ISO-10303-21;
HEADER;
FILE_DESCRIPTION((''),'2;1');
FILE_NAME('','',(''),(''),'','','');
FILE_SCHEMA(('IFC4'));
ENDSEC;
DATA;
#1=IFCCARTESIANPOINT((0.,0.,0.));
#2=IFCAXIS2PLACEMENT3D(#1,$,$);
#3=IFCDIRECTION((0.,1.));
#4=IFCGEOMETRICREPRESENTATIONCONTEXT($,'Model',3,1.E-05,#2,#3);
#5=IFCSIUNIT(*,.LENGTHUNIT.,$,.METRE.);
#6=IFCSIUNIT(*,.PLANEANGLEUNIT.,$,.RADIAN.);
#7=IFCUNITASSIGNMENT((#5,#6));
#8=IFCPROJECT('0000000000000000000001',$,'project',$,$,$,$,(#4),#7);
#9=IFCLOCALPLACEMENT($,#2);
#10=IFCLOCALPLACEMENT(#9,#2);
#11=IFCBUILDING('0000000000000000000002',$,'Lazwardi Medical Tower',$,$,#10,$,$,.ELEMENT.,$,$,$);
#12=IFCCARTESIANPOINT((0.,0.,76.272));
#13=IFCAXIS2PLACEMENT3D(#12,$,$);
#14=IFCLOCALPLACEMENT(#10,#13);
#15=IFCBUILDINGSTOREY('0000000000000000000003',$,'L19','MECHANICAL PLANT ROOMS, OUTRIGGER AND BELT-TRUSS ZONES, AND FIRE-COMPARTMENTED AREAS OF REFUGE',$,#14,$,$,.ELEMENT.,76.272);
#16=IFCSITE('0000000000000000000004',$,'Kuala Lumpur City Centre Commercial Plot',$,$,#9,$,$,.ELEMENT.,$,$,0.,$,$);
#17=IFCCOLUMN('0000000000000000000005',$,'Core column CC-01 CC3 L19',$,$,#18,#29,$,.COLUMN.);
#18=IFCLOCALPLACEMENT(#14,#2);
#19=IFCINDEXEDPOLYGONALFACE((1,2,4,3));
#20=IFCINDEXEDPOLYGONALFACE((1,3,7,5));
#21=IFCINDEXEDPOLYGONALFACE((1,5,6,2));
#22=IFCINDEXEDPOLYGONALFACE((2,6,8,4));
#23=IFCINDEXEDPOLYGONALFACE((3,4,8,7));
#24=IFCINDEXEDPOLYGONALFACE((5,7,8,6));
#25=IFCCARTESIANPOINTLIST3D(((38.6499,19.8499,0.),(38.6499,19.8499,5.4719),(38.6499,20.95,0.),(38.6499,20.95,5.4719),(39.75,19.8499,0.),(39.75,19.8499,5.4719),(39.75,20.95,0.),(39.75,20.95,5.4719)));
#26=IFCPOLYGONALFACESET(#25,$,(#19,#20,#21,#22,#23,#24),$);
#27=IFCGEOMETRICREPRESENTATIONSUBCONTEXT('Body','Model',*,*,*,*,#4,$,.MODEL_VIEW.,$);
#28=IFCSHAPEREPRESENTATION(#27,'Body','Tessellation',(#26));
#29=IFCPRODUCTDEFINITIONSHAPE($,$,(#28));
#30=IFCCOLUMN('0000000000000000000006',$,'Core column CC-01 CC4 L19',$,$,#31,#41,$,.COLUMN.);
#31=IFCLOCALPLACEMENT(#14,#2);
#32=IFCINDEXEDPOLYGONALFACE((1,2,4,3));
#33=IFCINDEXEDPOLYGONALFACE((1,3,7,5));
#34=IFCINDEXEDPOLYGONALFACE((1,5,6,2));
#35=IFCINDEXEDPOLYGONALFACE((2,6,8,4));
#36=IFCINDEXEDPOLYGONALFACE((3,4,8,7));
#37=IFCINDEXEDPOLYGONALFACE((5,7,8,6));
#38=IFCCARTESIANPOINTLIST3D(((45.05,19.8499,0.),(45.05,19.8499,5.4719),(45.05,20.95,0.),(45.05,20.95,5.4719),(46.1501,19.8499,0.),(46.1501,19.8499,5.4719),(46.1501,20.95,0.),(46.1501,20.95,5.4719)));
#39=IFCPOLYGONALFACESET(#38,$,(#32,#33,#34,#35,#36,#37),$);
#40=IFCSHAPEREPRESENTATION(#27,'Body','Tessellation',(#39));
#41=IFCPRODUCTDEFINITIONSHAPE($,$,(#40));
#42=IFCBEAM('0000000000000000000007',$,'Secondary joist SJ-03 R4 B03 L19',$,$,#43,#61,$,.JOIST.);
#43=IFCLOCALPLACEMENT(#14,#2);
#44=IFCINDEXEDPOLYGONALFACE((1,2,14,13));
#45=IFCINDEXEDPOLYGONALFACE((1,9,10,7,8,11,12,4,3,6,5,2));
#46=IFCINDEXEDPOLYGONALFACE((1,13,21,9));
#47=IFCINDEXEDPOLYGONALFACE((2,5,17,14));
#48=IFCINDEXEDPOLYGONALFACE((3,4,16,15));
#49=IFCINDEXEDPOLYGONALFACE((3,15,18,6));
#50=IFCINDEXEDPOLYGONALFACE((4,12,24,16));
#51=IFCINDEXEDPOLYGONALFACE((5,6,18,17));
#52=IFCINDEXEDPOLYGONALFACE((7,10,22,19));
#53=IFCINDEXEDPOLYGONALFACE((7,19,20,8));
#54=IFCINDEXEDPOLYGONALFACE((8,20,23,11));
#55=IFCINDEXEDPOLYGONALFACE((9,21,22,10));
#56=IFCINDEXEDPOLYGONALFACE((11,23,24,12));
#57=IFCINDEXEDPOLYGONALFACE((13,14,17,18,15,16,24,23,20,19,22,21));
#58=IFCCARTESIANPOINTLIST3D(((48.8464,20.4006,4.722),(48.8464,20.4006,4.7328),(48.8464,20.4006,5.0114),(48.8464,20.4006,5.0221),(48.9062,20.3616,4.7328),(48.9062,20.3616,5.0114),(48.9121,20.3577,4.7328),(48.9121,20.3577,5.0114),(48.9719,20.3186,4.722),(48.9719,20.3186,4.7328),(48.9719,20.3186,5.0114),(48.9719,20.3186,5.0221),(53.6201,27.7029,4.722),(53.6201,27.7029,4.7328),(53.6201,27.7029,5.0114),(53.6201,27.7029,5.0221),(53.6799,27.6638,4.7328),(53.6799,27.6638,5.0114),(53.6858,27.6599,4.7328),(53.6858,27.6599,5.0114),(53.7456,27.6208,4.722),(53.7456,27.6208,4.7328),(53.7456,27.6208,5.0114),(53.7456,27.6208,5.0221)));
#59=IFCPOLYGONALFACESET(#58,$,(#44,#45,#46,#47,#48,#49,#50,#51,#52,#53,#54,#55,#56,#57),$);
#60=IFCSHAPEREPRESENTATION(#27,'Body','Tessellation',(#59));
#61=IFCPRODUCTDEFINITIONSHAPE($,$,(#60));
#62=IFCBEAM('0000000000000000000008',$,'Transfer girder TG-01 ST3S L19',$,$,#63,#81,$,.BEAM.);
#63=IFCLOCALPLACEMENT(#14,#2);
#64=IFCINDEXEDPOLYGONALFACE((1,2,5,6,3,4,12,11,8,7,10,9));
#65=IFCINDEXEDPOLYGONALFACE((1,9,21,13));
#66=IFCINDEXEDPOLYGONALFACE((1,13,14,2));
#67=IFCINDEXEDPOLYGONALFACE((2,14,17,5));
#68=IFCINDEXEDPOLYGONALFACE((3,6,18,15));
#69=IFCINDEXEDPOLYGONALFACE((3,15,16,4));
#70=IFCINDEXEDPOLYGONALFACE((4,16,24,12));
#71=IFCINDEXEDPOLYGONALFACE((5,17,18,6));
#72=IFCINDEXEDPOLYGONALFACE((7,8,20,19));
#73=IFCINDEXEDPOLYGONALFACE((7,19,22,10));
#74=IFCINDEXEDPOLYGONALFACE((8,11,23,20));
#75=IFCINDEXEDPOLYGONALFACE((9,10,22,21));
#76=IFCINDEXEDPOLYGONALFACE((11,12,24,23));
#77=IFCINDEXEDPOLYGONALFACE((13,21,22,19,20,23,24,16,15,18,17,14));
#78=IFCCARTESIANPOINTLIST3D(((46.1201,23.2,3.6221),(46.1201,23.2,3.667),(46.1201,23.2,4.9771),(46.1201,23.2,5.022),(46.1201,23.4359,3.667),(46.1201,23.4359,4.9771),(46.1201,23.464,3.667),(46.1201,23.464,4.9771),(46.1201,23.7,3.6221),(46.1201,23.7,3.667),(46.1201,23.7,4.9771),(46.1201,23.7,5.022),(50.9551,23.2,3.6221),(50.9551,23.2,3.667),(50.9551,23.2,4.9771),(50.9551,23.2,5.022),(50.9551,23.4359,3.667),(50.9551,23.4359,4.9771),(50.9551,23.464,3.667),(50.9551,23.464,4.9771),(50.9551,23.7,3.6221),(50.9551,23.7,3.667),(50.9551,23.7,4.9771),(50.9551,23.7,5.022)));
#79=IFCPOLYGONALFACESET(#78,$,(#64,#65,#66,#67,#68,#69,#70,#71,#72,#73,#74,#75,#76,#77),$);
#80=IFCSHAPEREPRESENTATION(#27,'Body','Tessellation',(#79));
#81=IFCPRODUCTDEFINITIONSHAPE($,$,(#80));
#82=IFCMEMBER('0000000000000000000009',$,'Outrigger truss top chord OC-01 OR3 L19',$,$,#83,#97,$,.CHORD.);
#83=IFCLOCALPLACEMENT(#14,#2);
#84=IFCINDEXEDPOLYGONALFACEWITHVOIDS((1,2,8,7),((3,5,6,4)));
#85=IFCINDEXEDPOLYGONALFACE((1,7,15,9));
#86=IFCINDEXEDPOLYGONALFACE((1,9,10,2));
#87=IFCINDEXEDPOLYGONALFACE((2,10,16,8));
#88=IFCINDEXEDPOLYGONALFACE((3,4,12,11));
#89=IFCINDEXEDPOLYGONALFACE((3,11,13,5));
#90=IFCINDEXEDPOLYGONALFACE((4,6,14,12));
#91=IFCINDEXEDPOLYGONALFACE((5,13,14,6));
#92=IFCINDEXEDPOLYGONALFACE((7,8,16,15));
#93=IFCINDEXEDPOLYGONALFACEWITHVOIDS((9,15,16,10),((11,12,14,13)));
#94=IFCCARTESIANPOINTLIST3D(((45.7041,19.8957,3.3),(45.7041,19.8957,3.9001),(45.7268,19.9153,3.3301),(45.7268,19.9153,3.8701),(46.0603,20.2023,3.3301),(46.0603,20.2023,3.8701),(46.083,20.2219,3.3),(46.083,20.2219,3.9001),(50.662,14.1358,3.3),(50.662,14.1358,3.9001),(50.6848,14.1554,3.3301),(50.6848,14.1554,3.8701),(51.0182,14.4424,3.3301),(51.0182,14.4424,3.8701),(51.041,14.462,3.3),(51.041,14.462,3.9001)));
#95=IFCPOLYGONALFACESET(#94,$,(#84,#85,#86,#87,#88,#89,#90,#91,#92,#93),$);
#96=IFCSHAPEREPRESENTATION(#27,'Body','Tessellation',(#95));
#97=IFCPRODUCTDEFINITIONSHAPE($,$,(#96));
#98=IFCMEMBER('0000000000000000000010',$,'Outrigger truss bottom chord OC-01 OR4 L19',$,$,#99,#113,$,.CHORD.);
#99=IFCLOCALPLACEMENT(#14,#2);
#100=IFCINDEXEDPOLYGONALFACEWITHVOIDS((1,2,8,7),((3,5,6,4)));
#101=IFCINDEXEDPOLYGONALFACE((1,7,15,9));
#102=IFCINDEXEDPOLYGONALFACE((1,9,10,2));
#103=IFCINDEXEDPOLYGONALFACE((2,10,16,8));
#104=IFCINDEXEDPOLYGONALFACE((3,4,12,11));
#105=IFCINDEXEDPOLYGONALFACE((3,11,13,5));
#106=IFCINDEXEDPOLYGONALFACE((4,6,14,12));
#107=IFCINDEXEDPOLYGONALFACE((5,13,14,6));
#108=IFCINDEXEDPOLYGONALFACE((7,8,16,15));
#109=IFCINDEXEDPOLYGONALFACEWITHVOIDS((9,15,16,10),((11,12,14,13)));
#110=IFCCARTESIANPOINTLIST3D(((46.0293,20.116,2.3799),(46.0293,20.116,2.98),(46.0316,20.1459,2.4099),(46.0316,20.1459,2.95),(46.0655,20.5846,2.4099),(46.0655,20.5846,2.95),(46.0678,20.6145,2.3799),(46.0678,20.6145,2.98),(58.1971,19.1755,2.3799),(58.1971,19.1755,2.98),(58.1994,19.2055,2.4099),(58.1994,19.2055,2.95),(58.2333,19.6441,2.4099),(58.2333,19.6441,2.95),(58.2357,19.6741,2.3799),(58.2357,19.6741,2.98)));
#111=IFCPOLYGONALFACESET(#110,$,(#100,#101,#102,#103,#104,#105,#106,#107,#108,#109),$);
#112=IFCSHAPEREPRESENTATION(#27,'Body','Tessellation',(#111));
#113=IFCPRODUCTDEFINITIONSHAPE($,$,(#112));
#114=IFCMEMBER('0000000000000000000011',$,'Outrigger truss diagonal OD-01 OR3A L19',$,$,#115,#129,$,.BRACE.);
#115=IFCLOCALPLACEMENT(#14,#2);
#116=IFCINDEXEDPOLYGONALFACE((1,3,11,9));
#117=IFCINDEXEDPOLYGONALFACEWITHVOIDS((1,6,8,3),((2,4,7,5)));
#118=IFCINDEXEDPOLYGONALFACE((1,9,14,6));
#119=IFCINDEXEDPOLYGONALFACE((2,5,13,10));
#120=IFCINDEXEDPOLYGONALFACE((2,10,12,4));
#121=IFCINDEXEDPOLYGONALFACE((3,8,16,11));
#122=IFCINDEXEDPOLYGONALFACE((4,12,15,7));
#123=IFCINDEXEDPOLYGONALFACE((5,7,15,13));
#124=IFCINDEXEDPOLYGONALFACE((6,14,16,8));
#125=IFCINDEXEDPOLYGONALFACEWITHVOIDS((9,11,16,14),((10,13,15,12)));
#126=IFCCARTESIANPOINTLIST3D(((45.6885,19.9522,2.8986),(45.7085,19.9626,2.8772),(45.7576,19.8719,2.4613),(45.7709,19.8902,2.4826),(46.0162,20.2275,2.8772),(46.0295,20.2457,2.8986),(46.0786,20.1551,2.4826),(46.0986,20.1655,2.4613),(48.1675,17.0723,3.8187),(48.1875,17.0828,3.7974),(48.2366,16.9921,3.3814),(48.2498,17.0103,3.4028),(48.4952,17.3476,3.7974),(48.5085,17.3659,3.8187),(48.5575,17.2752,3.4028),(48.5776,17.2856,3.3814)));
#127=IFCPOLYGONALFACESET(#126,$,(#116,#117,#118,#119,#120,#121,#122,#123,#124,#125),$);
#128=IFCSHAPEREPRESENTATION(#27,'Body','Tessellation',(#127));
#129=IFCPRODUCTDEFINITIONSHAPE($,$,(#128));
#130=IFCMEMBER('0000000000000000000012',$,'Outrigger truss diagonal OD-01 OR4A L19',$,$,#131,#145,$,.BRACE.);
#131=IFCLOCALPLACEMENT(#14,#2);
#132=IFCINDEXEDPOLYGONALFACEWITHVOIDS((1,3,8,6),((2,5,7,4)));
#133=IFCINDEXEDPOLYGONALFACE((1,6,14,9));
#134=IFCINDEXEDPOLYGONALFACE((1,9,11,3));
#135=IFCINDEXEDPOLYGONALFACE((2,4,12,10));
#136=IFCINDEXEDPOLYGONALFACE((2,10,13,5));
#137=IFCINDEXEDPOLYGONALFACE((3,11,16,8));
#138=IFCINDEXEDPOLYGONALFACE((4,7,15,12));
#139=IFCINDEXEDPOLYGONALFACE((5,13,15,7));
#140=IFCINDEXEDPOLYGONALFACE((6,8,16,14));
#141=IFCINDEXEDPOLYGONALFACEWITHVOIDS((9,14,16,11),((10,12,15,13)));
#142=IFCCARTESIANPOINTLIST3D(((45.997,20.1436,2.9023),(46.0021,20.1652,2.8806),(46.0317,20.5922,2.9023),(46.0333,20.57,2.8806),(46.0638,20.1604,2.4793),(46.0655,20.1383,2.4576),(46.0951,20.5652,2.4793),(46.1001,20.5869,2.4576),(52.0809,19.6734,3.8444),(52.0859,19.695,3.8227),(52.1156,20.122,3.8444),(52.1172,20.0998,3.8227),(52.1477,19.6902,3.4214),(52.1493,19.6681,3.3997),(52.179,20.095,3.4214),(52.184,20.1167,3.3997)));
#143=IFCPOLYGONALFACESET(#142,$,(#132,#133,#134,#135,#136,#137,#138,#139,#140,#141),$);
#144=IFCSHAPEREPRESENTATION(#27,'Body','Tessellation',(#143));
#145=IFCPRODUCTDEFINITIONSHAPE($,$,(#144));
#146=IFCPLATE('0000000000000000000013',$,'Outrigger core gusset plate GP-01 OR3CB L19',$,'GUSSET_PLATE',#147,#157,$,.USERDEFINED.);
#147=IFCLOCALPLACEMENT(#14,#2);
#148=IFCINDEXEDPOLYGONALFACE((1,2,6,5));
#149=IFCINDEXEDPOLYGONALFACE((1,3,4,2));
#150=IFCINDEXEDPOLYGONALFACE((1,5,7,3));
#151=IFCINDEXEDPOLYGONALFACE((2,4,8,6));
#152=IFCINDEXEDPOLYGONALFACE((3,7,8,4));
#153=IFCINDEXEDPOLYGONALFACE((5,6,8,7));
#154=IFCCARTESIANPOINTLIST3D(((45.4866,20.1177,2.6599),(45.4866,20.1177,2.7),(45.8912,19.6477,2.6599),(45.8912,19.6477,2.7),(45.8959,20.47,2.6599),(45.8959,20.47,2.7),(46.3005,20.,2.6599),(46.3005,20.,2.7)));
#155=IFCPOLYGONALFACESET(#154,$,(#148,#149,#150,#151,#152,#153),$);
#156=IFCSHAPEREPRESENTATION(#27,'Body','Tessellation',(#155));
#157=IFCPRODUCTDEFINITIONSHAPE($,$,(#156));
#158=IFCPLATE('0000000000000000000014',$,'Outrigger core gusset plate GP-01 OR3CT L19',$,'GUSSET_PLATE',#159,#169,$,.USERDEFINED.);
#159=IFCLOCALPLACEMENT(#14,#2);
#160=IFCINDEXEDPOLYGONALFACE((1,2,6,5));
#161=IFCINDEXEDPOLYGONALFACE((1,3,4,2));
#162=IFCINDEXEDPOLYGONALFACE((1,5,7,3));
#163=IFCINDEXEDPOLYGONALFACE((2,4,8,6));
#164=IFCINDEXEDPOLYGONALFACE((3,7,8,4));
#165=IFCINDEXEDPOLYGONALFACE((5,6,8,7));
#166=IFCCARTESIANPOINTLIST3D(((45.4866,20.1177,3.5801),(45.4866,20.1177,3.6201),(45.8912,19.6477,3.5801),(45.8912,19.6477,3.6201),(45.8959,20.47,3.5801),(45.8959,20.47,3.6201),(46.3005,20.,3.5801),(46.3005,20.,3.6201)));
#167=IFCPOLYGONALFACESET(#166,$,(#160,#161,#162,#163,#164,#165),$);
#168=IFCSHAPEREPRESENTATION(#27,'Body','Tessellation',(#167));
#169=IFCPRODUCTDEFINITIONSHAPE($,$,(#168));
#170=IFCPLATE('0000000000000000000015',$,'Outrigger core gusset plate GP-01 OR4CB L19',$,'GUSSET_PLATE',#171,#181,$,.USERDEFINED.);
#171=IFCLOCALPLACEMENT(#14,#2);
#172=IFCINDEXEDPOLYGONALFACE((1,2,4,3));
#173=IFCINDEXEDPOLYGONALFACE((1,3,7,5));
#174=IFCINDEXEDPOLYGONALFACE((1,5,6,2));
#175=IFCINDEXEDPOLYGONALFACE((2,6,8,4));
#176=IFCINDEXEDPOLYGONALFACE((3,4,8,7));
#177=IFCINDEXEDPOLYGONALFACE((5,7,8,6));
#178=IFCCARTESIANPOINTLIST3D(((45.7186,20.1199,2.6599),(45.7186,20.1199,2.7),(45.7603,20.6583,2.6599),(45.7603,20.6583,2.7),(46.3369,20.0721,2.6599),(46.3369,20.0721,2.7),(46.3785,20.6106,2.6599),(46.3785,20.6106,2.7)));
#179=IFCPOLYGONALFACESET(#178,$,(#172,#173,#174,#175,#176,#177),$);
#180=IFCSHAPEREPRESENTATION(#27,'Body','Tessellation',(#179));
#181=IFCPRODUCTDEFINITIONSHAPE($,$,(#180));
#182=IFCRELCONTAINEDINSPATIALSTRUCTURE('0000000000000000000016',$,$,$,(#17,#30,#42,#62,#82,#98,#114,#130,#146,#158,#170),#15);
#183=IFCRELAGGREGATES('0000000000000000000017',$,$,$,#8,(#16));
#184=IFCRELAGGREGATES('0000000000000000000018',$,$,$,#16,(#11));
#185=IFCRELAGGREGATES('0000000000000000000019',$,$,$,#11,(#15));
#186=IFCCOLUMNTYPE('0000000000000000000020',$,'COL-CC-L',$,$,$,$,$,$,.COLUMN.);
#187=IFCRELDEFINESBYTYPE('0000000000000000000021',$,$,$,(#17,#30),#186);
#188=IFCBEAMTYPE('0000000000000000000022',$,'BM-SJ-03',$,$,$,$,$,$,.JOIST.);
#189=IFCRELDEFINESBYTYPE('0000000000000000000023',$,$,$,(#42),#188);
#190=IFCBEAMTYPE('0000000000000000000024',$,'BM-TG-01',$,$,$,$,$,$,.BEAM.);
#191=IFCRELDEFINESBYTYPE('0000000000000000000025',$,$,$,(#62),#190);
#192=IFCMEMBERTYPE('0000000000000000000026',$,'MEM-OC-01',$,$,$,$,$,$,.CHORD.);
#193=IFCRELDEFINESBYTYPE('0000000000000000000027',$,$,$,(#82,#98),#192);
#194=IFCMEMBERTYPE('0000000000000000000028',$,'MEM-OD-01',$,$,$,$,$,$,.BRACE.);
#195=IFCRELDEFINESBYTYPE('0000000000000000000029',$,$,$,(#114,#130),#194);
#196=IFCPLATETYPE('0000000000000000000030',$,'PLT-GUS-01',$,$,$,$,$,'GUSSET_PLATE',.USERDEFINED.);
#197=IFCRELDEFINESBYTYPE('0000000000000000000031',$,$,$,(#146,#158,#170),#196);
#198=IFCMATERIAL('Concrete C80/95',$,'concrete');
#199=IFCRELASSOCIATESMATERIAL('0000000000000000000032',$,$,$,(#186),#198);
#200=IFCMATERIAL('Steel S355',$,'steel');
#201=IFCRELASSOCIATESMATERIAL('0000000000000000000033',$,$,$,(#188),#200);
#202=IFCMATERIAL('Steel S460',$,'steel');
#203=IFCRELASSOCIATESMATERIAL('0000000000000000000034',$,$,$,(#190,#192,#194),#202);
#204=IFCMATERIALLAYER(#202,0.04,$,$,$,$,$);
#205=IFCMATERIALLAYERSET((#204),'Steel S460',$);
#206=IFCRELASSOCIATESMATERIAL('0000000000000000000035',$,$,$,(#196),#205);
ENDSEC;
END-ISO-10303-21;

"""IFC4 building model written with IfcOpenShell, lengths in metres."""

from ifc_helpers import new_model, si_unit, direction, frame, origin, origin_2d, place, context, subcontext, project, spatial, rectangle, hollow_rectangle, i_section, extrude, material, layer, layer_set, material_profile, profile_set, type_object, element, save


model = new_model("IFC4")

# Units and contexts
model_context = context("Model", 3, precision=1e-05, world=origin(), true_north=direction((0.0, 1.0)))
body_context = subcontext(model_context, "Body", "Model", "MODEL_VIEW")
ifc_project = project(units=[si_unit("LENGTHUNIT", "METRE"), si_unit("PLANEANGLEUNIT", "RADIAN")], contexts=[model_context])

# Site, building, storey
site_placement = place(None, origin())
site = spatial("IfcSite", under=ifc_project, at=site_placement, Name="Kuala Lumpur City Centre Commercial Plot", CompositionType="ELEMENT", RefElevation=0.0)
building_placement = place(site_placement, origin())
building = spatial("IfcBuilding", under=site, at=building_placement, Name="Lazwardi Medical Tower", CompositionType="ELEMENT")
storey_placement = place(building_placement, frame((0.0, 0.0, 76.272)))
storey = spatial("IfcBuildingStorey", under=building, at=storey_placement, Name="L19", Description="MECHANICAL PLANT ROOMS, OUTRIGGER AND BELT-TRUSS ZONES, AND FIRE-COMPARTMENTED AREAS OF REFUGE", CompositionType="ELEMENT", Elevation=76.272)

# Columns
ifc_material_1 = material(Name="Concrete C80/95", Category="concrete")
ifc_material_profile_1 = material_profile(ifc_material_1, rectangle(XDim=1.1001, YDim=1.1001, at=origin_2d()), Name="RC 1100x1100")
ifc_profile_set_1 = profile_set([ifc_material_profile_1], Name="Concrete C80/95")
column_type = type_object("IfcColumnType", Name="COL-CC-L", PredefinedType="COLUMN", material=ifc_profile_set_1)
for number, where, z_axis, x_axis, name in (
    (1, (39.2, 20.3999, 0.0), (0.0, 0.0, 1.0), (1.0, 0.0, 0.0), "Core column CC-01 CC3 L19"),
    (2, (45.6001, 20.3999, 0.0), (0.0, 0.0, 1.0), (1.0, 0.0, 0.0), "Core column CC-01 CC4 L19"),
):
    element("IfcColumn", number, at=place(storey_placement, frame(where, z_axis=z_axis, x_axis=x_axis)), inside=storey, type_object=column_type, Name=name, PredefinedType="COLUMN", context=body_context, shape_type="SweptSolid", body=[
        extrude(rectangle(XDim=1.1001, YDim=1.1001, at=origin_2d()), origin(), (0.0, 0.0, 1.0), 5.4719),
    ])

# Beams
ifc_material_2 = material(Name="Steel S355", Category="steel")
ifc_material_profile_2 = material_profile(ifc_material_2, i_section(OverallWidth=0.1499, OverallDepth=0.3, WebThickness=0.0071, FlangeThickness=0.0107, at=origin_2d()), Name="IPE 300")
ifc_profile_set_2 = profile_set([ifc_material_profile_2], Name="Steel S355")
beam_type_1 = type_object("IfcBeamType", Name="BM-SJ-03", PredefinedType="JOIST", material=ifc_profile_set_2)
beam_1_placement = place(storey_placement, frame((48.9092, 20.3596, 4.8721), z_axis=(0.54718, 0.837015, 0.0), x_axis=(-0.837015, 0.54718, 0.0)))
element("IfcBeam", 3, at=beam_1_placement, inside=storey, type_object=beam_type_1, Name="Secondary joist SJ-03 R4 B03 L19", PredefinedType="JOIST", context=body_context, shape_type="SweptSolid", body=[
    extrude(i_section(OverallWidth=0.1499, OverallDepth=0.3, WebThickness=0.0071, FlangeThickness=0.0107, at=origin_2d()), origin(), (0.0, 0.0, 1.0), 8.7241),
])
ifc_material_3 = material(Name="Steel S460", Category="steel")
ifc_material_profile_3 = material_profile(ifc_material_3, i_section(OverallWidth=0.5, OverallDepth=1.3999, WebThickness=0.0281, FlangeThickness=0.0449, at=origin_2d()), Name="PG 1400x500")
ifc_profile_set_3 = profile_set([ifc_material_profile_3], Name="Steel S460")
beam_type_2 = type_object("IfcBeamType", Name="BM-TG-01", PredefinedType="BEAM", material=ifc_profile_set_3)
beam_2_placement = place(storey_placement, frame((46.1201, 23.45, 4.322), z_axis=(1.0, 0.0, 0.0), x_axis=(0.0, 1.0, 0.0)))
element("IfcBeam", 4, at=beam_2_placement, inside=storey, type_object=beam_type_2, Name="Transfer girder TG-01 ST3S L19", PredefinedType="BEAM", context=body_context, shape_type="SweptSolid", body=[
    extrude(i_section(OverallWidth=0.5, OverallDepth=1.3999, WebThickness=0.0281, FlangeThickness=0.0449, at=origin_2d()), origin(), (0.0, 0.0, 1.0), 4.835),
])

# Members
ifc_material_profile_4 = material_profile(ifc_material_3, hollow_rectangle(XDim=0.5, YDim=0.6001, WallThickness=0.03, at=origin_2d()), Name="RHS 600x500x30")
ifc_profile_set_4 = profile_set([ifc_material_profile_4], Name="Steel S460")
member_type_1 = type_object("IfcMemberType", Name="MEM-OC-01", PredefinedType="CHORD", material=ifc_profile_set_4)
member_1_placement = place(storey_placement, frame((45.8936, 20.0588, 3.6001), z_axis=(0.652372, -0.757899, 0.0), x_axis=(0.757899, 0.652372, 0.0)))
element("IfcMember", 5, at=member_1_placement, inside=storey, type_object=member_type_1, Name="Outrigger truss top chord OC-01 OR3 L19", PredefinedType="CHORD", context=body_context, shape_type="SweptSolid", body=[
    extrude(hollow_rectangle(XDim=0.5, YDim=0.6001, WallThickness=0.03, at=origin_2d()), origin(), (0.0, 0.0, 1.0), 7.5999),
])
member_2_placement = place(storey_placement, frame((46.0486, 20.3652, 2.6799), z_axis=(0.997027, -0.077059, 0.0), x_axis=(0.077059, 0.997027, 0.0)))
element("IfcMember", 6, at=member_2_placement, inside=storey, type_object=member_type_1, Name="Outrigger truss bottom chord OC-01 OR4 L19", PredefinedType="CHORD", context=body_context, shape_type="SweptSolid", body=[
    extrude(hollow_rectangle(XDim=0.5, YDim=0.6001, WallThickness=0.03, at=origin_2d()), origin(), (0.0, 0.0, 1.0), 12.2041),
])
ifc_material_profile_5 = material_profile(ifc_material_3, hollow_rectangle(XDim=0.45, YDim=0.45, WallThickness=0.022, at=origin_2d()), Name="RHS 450x450x22")
ifc_profile_set_5 = profile_set([ifc_material_profile_5], Name="Steel S460")
member_type_2 = type_object("IfcMemberType", Name="MEM-OD-01", PredefinedType="BRACE", material=ifc_profile_set_5)
member_3_placement = place(storey_placement, frame((45.8936, 20.0588, 2.6799), z_axis=(0.634062, -0.736596, 0.235354), x_axis=(0.757885, 0.652388, 0.0)))
element("IfcMember", 7, at=member_3_placement, inside=storey, type_object=member_type_2, Name="Outrigger truss diagonal OD-01 OR3A L19", PredefinedType="BRACE", context=body_context, shape_type="SweptSolid", body=[
    extrude(hollow_rectangle(XDim=0.45, YDim=0.45, WallThickness=0.022, at=origin_2d()), origin(), (0.0, 0.0, 1.0), 3.9097),
])
member_4_placement = place(storey_placement, frame((46.0486, 20.3652, 2.6799), z_axis=(0.985351, -0.076155, 0.152587), x_axis=(0.077058, 0.997027, 0.0)))
element("IfcMember", 8, at=member_4_placement, inside=storey, type_object=member_type_2, Name="Outrigger truss diagonal OD-01 OR4A L19", PredefinedType="BRACE", context=body_context, shape_type="SweptSolid", body=[
    extrude(hollow_rectangle(XDim=0.45, YDim=0.45, WallThickness=0.022, at=origin_2d()), origin(), (0.0, 0.0, 1.0), 6.1743),
])

# Plates
ifc_layer_1 = layer(ifc_material_3, 0.04)
ifc_layer_set_1 = layer_set([ifc_layer_1], Name="Steel S460")
plate_type = type_object("IfcPlateType", Name="PLT-GUS-01", ElementType="GUSSET_PLATE", PredefinedType="USERDEFINED", material=ifc_layer_set_1)
for number, where, z_axis, x_axis, name in (
    (9, (45.8936, 20.0588, 2.6599), (0.0, 0.0, 1.0), (0.652363, -0.757907, 0.0), "Outrigger core gusset plate GP-01 OR3CB L19"),
    (10, (45.8936, 20.0588, 3.5801), (0.0, 0.0, 1.0), (0.652363, -0.757907, 0.0), "Outrigger core gusset plate GP-01 OR3CT L19"),
    (11, (46.0486, 20.3652, 2.6599), (0.0, 0.0, 1.0), (0.997026, -0.077067, 0.0), "Outrigger core gusset plate GP-01 OR4CB L19"),
):
    element("IfcPlate", number, at=place(storey_placement, frame(where, z_axis=z_axis, x_axis=x_axis)), inside=storey, type_object=plate_type, Name=name, ObjectType="GUSSET_PLATE", PredefinedType="USERDEFINED", context=body_context, shape_type="SweptSolid", body=[
        extrude(rectangle(XDim=0.6201, YDim=0.54, at=origin_2d()), origin(), (0.0, 0.0, 1.0), 0.04),
    ])

save(model, "model.ifc")
